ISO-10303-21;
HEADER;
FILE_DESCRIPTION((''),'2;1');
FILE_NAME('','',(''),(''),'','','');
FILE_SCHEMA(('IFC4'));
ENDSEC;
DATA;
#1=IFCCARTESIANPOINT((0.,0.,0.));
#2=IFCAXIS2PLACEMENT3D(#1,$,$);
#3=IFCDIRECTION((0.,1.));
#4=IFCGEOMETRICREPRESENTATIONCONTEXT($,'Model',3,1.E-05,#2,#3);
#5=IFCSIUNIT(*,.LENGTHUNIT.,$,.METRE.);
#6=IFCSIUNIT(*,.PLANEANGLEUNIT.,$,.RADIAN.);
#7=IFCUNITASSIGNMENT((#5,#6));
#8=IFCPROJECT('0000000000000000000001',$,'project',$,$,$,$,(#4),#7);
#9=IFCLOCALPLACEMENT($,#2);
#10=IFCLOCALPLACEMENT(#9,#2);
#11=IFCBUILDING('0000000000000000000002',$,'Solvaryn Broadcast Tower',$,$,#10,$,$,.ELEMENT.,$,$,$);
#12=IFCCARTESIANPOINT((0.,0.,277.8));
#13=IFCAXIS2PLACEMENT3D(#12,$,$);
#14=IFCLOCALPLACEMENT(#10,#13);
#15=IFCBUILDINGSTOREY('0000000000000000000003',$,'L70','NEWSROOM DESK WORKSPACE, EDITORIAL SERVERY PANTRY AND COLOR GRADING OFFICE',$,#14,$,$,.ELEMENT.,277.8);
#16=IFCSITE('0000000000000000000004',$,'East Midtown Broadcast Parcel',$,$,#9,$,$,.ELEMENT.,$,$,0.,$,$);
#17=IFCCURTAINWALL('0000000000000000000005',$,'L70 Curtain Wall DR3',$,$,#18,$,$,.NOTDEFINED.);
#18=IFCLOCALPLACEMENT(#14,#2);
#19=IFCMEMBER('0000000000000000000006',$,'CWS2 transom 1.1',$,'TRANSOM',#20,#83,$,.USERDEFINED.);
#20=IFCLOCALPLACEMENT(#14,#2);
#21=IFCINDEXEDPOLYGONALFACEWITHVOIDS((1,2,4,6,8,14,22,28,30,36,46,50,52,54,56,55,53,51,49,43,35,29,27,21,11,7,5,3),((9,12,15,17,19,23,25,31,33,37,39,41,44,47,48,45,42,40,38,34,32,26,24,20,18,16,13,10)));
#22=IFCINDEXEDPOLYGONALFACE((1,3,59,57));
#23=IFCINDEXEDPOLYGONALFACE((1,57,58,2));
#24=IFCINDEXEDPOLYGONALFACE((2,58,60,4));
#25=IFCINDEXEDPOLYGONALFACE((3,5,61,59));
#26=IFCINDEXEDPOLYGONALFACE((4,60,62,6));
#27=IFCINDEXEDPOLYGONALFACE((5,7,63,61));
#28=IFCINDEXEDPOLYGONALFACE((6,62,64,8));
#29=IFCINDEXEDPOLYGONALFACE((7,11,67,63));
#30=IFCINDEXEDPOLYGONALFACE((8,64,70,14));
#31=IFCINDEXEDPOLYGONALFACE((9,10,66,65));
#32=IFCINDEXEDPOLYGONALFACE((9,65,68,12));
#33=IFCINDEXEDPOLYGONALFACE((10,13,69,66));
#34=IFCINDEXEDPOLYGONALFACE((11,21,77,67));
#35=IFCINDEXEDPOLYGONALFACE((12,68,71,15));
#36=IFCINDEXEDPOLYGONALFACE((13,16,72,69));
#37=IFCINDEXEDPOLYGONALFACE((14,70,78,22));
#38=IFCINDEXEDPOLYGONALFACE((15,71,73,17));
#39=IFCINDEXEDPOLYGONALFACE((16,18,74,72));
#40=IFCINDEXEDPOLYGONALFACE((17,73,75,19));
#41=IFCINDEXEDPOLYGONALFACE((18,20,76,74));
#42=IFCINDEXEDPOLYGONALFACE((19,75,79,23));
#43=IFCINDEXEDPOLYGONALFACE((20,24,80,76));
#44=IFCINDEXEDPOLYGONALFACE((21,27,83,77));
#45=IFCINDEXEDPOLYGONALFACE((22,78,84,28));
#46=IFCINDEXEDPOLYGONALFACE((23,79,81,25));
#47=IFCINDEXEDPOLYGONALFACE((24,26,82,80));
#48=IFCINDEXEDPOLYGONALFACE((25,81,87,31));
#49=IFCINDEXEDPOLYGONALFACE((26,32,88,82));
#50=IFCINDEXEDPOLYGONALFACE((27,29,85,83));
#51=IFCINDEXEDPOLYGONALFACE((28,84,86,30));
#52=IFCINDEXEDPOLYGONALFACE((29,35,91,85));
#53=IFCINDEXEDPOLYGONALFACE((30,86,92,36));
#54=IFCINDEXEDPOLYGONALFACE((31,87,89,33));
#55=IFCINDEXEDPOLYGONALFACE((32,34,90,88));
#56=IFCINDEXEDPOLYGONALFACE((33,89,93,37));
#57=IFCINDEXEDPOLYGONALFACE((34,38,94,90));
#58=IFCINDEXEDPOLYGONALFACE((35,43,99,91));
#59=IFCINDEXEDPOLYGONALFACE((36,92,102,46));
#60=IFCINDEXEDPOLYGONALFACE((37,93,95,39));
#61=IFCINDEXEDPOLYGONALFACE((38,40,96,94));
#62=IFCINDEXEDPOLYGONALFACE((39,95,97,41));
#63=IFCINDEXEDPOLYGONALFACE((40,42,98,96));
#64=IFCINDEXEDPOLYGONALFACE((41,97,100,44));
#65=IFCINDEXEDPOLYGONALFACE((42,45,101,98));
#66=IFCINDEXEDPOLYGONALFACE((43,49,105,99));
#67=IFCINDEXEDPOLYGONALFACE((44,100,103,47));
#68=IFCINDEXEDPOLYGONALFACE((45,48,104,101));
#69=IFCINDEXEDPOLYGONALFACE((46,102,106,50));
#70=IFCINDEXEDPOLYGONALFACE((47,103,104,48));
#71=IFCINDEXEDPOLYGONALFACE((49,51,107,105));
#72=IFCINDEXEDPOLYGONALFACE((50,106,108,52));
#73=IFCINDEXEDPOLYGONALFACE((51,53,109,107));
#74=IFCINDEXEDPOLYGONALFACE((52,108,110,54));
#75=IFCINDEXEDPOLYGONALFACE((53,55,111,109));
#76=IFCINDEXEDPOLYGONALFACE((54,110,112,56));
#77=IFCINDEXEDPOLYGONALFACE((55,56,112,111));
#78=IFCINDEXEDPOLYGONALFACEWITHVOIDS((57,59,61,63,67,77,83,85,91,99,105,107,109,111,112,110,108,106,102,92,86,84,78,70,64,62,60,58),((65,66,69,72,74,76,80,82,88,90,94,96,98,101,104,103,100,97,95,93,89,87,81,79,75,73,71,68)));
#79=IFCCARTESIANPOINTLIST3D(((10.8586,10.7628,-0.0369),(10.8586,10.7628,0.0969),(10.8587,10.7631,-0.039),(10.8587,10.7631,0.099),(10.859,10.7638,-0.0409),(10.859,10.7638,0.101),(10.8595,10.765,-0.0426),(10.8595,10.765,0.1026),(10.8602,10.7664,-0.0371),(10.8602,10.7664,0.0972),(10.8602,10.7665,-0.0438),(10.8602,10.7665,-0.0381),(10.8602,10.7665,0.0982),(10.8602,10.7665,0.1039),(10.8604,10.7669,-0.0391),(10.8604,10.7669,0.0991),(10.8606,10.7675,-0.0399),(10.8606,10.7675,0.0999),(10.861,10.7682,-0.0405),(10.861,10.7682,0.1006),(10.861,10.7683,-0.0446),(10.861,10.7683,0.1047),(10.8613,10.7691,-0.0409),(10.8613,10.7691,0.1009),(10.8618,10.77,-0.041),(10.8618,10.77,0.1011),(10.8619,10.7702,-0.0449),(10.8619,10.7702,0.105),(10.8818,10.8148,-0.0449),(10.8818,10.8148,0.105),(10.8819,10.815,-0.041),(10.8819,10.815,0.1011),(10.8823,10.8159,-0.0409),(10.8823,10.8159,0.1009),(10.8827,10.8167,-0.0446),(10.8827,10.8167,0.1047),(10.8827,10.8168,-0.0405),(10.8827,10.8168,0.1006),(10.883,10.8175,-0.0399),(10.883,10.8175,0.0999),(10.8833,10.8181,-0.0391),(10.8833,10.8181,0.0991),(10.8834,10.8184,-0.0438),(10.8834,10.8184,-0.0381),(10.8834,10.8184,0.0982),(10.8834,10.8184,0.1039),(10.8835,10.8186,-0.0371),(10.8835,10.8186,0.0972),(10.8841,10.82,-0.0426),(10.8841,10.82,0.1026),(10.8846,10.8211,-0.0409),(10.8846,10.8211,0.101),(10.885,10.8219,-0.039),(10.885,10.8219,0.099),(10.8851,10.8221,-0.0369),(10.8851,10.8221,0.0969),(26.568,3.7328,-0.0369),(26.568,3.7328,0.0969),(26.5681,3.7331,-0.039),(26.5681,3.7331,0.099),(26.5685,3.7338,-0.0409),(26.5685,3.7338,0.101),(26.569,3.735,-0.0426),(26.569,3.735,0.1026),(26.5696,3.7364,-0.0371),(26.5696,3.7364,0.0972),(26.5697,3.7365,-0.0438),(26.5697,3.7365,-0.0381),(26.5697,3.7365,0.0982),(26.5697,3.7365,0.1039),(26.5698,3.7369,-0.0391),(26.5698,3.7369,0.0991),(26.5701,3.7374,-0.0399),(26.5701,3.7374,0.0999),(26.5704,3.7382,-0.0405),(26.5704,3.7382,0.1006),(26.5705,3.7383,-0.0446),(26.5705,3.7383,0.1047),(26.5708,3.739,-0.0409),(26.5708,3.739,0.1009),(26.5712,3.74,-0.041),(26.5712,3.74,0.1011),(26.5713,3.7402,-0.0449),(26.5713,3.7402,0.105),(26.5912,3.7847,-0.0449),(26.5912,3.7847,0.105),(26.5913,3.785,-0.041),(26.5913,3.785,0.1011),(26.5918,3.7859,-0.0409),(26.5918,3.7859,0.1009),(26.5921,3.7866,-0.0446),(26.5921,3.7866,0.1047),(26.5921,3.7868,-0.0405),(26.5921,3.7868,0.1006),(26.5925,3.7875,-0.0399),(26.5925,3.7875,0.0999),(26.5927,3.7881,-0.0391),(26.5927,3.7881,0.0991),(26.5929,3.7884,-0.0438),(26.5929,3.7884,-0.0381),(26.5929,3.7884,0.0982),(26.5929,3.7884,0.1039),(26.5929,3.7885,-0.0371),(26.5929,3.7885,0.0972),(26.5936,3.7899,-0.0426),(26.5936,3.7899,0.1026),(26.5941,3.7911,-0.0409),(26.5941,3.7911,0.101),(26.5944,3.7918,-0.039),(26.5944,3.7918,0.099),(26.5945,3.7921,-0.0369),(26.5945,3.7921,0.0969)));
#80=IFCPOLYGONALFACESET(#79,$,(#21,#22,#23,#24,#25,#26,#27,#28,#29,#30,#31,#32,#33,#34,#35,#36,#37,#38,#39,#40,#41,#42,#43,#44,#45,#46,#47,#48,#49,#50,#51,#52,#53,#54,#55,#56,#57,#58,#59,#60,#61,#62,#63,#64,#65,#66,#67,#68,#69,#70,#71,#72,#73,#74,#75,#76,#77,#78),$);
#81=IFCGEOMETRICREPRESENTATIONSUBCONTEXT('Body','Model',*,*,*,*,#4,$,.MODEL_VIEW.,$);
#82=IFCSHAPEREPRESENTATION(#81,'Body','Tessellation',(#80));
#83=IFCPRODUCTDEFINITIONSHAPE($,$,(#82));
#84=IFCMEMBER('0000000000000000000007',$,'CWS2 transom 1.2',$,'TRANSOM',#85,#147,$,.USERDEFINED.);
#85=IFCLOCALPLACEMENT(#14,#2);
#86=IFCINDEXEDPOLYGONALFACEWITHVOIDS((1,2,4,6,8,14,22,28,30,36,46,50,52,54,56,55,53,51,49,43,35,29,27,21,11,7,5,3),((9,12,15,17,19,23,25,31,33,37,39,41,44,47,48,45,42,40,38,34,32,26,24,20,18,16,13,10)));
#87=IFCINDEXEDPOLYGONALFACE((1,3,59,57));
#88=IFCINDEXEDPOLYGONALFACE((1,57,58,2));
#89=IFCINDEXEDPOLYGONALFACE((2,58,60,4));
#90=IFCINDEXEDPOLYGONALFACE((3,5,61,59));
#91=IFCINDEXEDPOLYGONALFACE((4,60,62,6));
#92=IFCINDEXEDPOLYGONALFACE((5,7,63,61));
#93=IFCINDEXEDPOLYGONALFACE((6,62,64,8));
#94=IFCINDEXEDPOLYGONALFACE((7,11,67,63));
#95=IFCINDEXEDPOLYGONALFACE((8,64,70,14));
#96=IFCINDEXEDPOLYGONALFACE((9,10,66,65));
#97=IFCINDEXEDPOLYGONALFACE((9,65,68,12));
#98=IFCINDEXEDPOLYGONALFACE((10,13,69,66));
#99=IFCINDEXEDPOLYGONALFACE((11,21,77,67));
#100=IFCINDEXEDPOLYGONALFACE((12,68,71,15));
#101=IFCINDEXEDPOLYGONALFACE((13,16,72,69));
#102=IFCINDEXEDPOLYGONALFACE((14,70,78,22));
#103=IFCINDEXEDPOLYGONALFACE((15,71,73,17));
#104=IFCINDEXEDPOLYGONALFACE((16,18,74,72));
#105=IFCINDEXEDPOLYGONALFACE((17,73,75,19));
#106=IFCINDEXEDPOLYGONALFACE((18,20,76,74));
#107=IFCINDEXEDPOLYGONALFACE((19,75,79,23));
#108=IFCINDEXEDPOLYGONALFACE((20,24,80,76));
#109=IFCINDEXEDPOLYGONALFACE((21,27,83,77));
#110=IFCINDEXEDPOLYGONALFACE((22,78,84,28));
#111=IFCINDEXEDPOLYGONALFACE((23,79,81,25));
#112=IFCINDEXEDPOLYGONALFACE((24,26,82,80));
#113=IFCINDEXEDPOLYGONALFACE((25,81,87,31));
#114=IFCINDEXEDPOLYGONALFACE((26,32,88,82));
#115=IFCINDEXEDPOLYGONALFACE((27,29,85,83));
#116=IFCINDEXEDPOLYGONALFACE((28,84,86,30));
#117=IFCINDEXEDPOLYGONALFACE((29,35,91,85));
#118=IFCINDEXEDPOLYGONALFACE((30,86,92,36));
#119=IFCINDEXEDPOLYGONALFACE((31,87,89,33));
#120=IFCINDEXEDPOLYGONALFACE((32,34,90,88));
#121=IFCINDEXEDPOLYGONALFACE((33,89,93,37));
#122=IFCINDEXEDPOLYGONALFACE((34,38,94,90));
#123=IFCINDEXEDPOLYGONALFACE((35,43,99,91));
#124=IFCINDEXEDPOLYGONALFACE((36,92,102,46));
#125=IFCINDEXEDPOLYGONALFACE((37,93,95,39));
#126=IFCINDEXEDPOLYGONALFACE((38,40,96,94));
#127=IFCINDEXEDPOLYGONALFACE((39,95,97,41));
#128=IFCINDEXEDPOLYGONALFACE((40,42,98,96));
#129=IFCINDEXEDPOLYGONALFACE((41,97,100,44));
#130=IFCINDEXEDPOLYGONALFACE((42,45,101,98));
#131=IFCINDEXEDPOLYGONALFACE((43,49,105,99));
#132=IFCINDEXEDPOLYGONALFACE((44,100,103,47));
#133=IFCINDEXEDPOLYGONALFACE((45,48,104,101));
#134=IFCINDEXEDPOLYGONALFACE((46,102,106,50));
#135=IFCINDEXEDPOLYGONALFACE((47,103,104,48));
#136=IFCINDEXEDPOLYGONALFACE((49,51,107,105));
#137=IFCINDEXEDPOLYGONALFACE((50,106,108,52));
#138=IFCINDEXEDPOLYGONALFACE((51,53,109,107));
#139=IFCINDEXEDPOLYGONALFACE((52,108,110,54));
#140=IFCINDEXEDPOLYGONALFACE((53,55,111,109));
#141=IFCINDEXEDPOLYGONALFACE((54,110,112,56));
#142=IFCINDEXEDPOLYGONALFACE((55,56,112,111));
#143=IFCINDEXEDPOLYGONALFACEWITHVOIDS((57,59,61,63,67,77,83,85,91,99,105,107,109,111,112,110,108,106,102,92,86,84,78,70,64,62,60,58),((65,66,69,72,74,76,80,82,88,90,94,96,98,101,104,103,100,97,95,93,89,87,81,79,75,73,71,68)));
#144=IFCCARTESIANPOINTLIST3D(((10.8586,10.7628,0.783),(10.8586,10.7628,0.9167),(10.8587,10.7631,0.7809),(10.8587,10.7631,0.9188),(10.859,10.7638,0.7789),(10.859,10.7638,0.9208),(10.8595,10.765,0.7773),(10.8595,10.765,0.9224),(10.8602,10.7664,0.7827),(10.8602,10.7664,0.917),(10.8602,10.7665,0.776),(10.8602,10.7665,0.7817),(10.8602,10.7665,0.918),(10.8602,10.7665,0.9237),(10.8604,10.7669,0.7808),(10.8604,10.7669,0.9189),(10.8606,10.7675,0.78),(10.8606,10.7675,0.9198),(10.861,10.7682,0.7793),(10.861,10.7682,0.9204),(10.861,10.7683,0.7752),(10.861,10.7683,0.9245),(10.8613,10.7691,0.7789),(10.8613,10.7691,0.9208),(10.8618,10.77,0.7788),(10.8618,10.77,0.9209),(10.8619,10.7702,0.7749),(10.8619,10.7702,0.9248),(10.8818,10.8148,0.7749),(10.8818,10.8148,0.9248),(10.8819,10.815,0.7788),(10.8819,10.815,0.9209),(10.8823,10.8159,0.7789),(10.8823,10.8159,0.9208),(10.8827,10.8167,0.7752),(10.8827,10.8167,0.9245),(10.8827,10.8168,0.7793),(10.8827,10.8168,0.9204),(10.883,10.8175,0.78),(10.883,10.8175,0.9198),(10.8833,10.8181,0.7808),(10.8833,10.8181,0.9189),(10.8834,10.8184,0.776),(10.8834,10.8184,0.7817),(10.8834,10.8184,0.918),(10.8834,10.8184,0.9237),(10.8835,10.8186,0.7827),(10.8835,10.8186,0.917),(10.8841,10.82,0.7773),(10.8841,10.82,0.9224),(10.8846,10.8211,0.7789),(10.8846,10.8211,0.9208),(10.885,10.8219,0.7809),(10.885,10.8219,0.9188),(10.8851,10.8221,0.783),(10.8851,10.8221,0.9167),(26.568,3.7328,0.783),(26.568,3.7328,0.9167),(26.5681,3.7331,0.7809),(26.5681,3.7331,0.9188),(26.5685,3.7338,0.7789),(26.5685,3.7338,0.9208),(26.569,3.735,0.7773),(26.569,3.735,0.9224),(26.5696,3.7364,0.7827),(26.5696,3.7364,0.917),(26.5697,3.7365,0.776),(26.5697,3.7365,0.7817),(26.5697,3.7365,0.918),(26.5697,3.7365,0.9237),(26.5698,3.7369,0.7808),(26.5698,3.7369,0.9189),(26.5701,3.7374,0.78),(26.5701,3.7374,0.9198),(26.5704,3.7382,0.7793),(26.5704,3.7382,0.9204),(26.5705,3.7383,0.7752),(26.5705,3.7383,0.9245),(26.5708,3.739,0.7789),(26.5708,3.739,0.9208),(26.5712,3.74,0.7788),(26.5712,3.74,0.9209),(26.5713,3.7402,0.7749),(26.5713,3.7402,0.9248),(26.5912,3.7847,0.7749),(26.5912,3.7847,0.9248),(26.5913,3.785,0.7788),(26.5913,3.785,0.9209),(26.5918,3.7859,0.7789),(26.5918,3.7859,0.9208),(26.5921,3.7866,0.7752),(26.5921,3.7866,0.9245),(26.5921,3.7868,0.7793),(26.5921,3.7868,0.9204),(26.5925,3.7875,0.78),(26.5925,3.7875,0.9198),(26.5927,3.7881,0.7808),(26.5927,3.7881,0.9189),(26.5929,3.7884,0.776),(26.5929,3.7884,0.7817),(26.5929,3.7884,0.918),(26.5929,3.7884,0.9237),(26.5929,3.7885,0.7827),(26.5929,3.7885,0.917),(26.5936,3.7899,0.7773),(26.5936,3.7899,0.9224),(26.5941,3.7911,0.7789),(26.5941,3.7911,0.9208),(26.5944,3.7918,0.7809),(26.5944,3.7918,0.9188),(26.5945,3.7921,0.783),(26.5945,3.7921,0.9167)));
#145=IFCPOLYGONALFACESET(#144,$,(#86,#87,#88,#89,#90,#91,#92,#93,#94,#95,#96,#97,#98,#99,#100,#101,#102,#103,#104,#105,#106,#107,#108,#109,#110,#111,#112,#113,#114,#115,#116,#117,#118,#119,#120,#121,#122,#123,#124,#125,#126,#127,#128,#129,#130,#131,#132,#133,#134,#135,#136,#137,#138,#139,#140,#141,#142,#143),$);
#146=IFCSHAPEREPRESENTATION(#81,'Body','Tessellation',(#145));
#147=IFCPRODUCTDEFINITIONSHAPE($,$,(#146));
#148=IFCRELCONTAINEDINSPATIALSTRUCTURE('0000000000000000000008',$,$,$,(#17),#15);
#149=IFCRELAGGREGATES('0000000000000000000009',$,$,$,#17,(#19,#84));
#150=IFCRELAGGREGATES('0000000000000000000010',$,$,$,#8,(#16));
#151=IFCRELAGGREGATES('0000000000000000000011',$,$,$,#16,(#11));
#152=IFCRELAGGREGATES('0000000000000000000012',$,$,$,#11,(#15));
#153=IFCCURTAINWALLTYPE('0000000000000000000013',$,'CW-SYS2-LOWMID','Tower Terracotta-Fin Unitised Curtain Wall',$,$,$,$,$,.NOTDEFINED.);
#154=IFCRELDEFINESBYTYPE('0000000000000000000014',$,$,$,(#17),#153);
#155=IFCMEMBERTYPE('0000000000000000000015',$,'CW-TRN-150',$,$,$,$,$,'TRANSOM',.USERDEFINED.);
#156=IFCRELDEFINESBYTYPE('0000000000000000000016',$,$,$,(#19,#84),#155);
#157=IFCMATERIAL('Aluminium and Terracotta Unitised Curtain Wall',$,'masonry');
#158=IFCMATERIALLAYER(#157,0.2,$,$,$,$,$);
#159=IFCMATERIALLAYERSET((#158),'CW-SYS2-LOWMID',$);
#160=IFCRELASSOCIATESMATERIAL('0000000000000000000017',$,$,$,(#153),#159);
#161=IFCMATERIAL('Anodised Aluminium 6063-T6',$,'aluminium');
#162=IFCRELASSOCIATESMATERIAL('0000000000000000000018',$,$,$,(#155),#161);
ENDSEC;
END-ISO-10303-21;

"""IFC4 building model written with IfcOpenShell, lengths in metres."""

from ifc_helpers import new_model, si_unit, direction, frame, origin, origin_2d, place, context, subcontext, project, spatial, hollow_rectangle, extrude, material, layer, layer_set, material_profile, profile_set, type_object, element, aggregate, save


model = new_model("IFC4")

# Units and contexts
model_context = context("Model", 3, precision=1e-05, world=origin(), true_north=direction((0.0, 1.0)))
body_context = subcontext(model_context, "Body", "Model", "MODEL_VIEW")
ifc_project = project(units=[si_unit("LENGTHUNIT", "METRE"), si_unit("PLANEANGLEUNIT", "RADIAN")], contexts=[model_context])

# Site, building, storey
site_placement = place(None, origin())
site = spatial("IfcSite", under=ifc_project, at=site_placement, Name="East Midtown Broadcast Parcel", CompositionType="ELEMENT", RefElevation=0.0)
building_placement = place(site_placement, origin())
building = spatial("IfcBuilding", under=site, at=building_placement, Name="Solvaryn Broadcast Tower", CompositionType="ELEMENT")
storey_placement = place(building_placement, frame((0.0, 0.0, 277.8)))
storey = spatial("IfcBuildingStorey", under=building, at=storey_placement, Name="L70", Description="NEWSROOM DESK WORKSPACE, EDITORIAL SERVERY PANTRY AND COLOR GRADING OFFICE", CompositionType="ELEMENT", Elevation=277.8)

# Curtain wall, members
ifc_material_1 = material(Name="Aluminium and Terracotta Unitised Curtain Wall", Category="masonry")
ifc_layer_1 = layer(ifc_material_1, 0.2)
ifc_layer_set_1 = layer_set([ifc_layer_1], Name="CW-SYS2-LOWMID")
curtain_wall_type_1 = type_object("IfcCurtainWallType", Name="CW-SYS2-LOWMID", Description="Tower Terracotta-Fin Unitised Curtain Wall", PredefinedType="NOTDEFINED", material=ifc_layer_set_1)
curtain_wall_1_placement = place(storey_placement, origin())
curtain_wall_1 = element("IfcCurtainWall", 1, at=curtain_wall_1_placement, inside=storey, type_object=curtain_wall_type_1, Name="L70 Curtain Wall DR3", PredefinedType="NOTDEFINED")
ifc_material_2 = material(Name="Anodised Aluminium 6063-T6", Category="aluminium")
ifc_material_profile_1 = material_profile(ifc_material_2, hollow_rectangle(XDim=0.0649, YDim=0.1499, WallThickness=0.0039, InnerFilletRadius=0.0039, OuterFilletRadius=0.0081, at=origin_2d()))
ifc_profile_set_1 = profile_set([ifc_material_profile_1], Name="Anodised Aluminium 6063-T6")
member_type_1 = type_object("IfcMemberType", Name="CW-TRN-150", ElementType="TRANSOM", PredefinedType="USERDEFINED", material=ifc_profile_set_1)
member_1_placement = place(storey_placement, frame((10.8718, 10.7925, 0.03), z_axis=(0.912773, -0.408468, 0.0), x_axis=(0.408468, 0.912773, 0.0)))
member_1 = element("IfcMember", 2, at=member_1_placement, type_object=member_type_1, Name="CWS2 transom 1.1", ObjectType="TRANSOM", PredefinedType="USERDEFINED", context=body_context, shape_type="SweptSolid", body=[
    extrude(hollow_rectangle(XDim=0.0649, YDim=0.1499, WallThickness=0.0039, InnerFilletRadius=0.0039, OuterFilletRadius=0.0081, at=origin_2d()), origin(), (0.0, 0.0, 1.0), 17.2107),
])
member_2_placement = place(storey_placement, frame((10.8718, 10.7925, 0.8499), z_axis=(0.912773, -0.408468, 0.0), x_axis=(0.408468, 0.912773, 0.0)))
member_2 = element("IfcMember", 3, at=member_2_placement, type_object=member_type_1, Name="CWS2 transom 1.2", ObjectType="TRANSOM", PredefinedType="USERDEFINED", context=body_context, shape_type="SweptSolid", body=[
    extrude(hollow_rectangle(XDim=0.0649, YDim=0.1499, WallThickness=0.0039, InnerFilletRadius=0.0039, OuterFilletRadius=0.0081, at=origin_2d()), origin(), (0.0, 0.0, 1.0), 17.2107),
])
aggregate(curtain_wall_1, [member_1, member_2])

save(model, "model.ifc")
